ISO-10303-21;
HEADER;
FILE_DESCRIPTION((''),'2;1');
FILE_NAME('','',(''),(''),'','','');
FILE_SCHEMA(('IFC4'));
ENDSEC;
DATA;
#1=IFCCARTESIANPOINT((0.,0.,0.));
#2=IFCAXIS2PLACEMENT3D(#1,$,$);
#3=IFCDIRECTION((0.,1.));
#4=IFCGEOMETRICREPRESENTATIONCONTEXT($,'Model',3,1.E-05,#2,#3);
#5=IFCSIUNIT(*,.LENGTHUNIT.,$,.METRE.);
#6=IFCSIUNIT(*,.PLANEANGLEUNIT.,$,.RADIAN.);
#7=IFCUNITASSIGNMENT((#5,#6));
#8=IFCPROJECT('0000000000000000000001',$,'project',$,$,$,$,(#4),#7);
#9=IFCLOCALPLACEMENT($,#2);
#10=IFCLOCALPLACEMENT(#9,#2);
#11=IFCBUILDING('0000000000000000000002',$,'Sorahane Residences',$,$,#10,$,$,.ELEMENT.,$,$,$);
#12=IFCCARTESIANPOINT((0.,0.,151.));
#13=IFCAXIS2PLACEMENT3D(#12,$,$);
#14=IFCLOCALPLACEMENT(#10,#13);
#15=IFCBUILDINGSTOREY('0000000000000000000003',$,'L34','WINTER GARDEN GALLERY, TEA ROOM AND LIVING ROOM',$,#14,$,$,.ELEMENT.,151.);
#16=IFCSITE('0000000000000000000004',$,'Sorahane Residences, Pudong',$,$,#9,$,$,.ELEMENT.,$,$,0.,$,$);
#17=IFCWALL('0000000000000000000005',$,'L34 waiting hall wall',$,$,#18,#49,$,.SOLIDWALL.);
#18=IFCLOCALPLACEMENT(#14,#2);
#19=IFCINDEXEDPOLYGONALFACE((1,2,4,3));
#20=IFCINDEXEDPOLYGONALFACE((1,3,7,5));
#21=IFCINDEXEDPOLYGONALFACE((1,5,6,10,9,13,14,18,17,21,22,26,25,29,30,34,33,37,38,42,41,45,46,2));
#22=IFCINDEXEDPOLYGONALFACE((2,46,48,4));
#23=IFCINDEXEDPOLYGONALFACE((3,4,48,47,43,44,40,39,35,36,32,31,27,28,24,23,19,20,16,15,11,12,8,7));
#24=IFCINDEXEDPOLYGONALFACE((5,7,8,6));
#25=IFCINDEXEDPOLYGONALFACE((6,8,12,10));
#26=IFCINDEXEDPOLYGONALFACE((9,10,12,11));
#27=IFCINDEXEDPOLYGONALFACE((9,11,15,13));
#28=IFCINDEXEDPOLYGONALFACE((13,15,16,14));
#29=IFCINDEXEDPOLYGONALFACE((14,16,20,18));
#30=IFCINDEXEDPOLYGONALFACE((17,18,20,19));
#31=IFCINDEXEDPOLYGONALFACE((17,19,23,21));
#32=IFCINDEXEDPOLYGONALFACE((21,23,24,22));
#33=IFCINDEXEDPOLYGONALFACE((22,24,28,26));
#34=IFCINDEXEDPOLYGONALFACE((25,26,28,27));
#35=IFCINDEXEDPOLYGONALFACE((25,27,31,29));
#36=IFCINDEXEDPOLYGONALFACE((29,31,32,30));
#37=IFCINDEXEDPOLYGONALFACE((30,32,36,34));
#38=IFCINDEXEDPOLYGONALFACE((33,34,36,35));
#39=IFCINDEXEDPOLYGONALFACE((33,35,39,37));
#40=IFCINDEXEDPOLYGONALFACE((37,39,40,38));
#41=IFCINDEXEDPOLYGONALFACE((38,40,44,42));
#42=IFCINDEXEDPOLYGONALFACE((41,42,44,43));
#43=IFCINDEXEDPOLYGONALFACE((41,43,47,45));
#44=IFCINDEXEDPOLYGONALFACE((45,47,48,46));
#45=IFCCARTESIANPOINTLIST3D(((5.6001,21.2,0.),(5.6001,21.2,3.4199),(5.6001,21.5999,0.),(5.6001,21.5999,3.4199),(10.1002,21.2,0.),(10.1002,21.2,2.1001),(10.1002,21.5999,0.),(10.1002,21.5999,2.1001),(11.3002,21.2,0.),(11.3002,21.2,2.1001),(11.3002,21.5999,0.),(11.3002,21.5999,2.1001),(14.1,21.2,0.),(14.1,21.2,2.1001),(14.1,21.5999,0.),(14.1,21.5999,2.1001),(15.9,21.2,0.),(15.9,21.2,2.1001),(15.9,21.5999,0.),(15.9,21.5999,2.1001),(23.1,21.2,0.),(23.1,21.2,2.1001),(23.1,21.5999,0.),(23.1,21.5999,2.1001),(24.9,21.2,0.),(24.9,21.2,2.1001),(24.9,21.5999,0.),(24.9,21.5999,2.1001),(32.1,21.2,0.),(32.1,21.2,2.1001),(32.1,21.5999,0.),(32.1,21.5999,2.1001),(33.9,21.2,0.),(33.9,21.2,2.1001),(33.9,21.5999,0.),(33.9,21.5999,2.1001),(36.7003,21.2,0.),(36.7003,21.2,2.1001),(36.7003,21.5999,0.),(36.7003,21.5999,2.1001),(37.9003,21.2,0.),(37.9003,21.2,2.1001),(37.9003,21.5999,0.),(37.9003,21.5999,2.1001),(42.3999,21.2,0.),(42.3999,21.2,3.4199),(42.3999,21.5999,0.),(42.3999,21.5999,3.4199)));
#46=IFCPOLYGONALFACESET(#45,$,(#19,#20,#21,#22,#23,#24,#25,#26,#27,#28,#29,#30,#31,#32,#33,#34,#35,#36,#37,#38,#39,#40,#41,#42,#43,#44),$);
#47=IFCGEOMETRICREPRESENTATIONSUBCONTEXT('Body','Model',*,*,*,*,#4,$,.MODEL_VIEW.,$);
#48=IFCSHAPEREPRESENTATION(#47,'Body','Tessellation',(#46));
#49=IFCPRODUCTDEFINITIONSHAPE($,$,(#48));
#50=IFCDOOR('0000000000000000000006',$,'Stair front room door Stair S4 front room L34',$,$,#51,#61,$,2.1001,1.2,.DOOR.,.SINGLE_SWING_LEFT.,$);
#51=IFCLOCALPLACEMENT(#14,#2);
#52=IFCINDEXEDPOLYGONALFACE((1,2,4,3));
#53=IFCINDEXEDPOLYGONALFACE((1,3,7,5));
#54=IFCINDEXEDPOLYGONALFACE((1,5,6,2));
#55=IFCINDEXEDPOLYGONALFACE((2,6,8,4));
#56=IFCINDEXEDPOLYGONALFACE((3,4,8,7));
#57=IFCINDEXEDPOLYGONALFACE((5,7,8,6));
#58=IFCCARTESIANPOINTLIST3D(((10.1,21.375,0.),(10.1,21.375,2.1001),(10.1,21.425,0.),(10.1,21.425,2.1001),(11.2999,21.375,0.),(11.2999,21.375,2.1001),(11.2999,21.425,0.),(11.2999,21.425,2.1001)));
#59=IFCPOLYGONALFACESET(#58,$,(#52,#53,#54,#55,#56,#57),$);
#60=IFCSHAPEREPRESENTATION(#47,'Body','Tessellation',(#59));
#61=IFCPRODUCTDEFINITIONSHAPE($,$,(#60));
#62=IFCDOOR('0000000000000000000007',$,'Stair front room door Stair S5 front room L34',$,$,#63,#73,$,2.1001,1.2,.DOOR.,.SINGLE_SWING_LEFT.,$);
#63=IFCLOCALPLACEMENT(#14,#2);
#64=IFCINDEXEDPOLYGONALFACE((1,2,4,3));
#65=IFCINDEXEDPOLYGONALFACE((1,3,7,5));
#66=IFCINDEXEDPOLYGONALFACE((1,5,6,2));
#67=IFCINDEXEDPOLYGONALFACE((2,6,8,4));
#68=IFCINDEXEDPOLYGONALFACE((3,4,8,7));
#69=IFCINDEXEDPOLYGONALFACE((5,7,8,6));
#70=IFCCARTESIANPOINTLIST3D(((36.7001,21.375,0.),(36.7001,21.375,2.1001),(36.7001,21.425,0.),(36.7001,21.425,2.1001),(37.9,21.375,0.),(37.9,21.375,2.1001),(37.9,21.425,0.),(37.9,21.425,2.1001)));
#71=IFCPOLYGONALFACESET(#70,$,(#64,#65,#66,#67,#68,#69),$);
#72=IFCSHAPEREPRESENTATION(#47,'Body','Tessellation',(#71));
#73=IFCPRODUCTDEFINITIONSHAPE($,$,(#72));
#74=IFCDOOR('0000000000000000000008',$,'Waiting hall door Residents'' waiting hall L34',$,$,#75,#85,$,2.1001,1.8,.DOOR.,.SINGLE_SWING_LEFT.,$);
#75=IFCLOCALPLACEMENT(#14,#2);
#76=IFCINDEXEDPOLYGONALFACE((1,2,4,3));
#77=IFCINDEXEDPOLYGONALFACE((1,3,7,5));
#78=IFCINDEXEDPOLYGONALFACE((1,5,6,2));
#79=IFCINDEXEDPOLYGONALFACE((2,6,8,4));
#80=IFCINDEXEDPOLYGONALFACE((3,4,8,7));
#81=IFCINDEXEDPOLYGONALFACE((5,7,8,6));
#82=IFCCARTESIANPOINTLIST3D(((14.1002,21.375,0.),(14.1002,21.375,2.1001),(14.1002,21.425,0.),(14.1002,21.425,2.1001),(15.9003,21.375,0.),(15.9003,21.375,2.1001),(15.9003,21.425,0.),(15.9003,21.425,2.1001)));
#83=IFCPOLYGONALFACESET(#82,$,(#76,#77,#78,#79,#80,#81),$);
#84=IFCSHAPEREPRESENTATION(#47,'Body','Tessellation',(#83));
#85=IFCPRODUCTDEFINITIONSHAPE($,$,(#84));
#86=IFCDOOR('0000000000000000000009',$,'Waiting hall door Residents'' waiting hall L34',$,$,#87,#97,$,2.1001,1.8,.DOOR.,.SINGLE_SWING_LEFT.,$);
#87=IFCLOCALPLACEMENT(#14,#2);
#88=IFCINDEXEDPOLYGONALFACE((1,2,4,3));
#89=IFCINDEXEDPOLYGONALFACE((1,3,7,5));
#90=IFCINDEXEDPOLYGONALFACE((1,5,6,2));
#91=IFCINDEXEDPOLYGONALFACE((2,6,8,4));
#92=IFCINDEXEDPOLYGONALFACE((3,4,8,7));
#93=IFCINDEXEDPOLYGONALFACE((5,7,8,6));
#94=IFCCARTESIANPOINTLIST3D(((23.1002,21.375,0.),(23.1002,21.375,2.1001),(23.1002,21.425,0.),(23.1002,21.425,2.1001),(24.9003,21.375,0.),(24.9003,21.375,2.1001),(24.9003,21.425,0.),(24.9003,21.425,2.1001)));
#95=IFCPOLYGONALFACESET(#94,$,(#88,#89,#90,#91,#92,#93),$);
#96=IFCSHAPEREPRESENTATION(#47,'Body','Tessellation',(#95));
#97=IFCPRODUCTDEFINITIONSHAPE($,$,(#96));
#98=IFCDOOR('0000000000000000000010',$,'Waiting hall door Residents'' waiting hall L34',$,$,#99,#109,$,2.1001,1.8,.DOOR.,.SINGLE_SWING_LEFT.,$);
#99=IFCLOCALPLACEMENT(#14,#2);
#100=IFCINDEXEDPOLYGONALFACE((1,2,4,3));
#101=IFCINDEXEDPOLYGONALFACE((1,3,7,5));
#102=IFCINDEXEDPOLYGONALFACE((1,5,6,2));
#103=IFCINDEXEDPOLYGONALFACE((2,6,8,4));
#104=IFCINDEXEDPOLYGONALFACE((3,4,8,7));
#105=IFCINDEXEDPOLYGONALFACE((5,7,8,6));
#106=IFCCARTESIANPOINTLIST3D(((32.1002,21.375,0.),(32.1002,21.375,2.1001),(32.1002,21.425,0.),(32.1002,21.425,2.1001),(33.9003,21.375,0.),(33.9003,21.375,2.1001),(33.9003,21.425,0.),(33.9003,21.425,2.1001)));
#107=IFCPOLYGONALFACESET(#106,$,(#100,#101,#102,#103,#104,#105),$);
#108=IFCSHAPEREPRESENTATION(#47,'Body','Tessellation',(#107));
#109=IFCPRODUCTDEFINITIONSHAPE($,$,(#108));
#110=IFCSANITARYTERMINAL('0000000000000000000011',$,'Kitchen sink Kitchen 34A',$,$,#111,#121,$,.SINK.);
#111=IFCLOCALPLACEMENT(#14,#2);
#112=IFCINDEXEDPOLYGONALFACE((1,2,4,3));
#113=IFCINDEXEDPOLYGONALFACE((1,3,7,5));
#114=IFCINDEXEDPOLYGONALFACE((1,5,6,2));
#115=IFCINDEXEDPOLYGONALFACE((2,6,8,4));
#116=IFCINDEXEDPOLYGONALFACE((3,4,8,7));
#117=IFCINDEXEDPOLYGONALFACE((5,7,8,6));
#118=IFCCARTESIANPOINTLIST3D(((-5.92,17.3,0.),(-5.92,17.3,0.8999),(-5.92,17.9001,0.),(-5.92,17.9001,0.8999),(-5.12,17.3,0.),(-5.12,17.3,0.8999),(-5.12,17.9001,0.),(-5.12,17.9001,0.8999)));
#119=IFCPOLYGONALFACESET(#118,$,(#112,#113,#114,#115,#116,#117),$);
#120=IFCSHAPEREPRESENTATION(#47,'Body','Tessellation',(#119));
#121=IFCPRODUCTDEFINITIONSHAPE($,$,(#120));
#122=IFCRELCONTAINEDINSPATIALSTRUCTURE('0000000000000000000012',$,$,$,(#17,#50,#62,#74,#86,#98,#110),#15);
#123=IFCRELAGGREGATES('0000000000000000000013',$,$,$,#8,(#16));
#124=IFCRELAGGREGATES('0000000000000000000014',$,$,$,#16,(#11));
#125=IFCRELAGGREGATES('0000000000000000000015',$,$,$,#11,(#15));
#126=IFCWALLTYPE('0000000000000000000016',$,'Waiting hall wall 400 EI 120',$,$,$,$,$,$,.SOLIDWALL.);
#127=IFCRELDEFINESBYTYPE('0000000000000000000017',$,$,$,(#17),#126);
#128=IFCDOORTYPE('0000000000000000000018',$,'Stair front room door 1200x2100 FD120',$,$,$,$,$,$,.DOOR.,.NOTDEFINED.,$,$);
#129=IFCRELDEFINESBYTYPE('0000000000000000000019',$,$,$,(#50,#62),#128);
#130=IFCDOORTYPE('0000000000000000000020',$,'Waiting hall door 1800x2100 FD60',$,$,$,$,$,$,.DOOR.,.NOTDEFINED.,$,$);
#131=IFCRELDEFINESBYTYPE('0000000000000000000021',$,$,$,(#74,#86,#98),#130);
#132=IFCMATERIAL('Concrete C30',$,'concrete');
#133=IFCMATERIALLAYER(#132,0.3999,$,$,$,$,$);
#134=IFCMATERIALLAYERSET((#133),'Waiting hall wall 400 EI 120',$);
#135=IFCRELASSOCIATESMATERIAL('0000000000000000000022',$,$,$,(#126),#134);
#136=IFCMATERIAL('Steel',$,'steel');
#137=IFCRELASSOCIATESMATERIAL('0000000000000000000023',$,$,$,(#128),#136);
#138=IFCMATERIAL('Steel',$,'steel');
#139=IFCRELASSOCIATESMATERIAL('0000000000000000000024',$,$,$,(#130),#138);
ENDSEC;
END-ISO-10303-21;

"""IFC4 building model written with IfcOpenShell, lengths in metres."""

from ifc_helpers import new_model, si_unit, direction, frame, frame_2d, origin, origin_2d, place, context, subcontext, project, spatial, rectangle, extrude, material, layer, layer_set, type_object, element, fill, save


model = new_model("IFC4")

# Units and contexts
model_context = context("Model", 3, precision=1e-05, world=origin(), true_north=direction((0.0, 1.0)))
body_context = subcontext(model_context, "Body", "Model", "MODEL_VIEW")
ifc_project = project(units=[si_unit("LENGTHUNIT", "METRE"), si_unit("PLANEANGLEUNIT", "RADIAN")], contexts=[model_context])

# Site, building, storey
site_placement = place(None, origin())
site = spatial("IfcSite", under=ifc_project, at=site_placement, Name="Sorahane Residences, Pudong", CompositionType="ELEMENT", RefElevation=0.0)
building_placement = place(site_placement, origin())
building = spatial("IfcBuilding", under=site, at=building_placement, Name="Sorahane Residences", CompositionType="ELEMENT")
storey_placement = place(building_placement, frame((0.0, 0.0, 151.0)))
storey = spatial("IfcBuildingStorey", under=building, at=storey_placement, Name="L34", Description="WINTER GARDEN GALLERY, TEA ROOM AND LIVING ROOM", CompositionType="ELEMENT", Elevation=151.0)

# Wall, openings, doors
ifc_material_1 = material(Name="Concrete C30", Category="concrete")
ifc_layer_1 = layer(ifc_material_1, 0.3999)
ifc_layer_set_1 = layer_set([ifc_layer_1], Name="Waiting hall wall 400 EI 120")
wall_type_1 = type_object("IfcWallType", Name="Waiting hall wall 400 EI 120", PredefinedType="SOLIDWALL", material=ifc_layer_set_1)
wall_1_placement = place(storey_placement, frame((5.6001, 21.3999, 0.0), z_axis=(0.0, 0.0, 1.0), x_axis=(1.0, 0.0, 0.0)))
wall_1 = element("IfcWall", 1, at=wall_1_placement, inside=storey, type_object=wall_type_1, Name="L34 waiting hall wall", PredefinedType="SOLIDWALL", context=body_context, shape_type="SweptSolid", body=[
    extrude(rectangle(XDim=36.7998, YDim=0.3999, at=frame_2d((18.3999, 0.0))), origin(), (0.0, 0.0, 1.0), 3.4199),
])
opening_1_placement = place(wall_1_placement, frame((8.5, 0.0, 0.0)))
opening_1 = element("IfcOpeningElement", 2, at=opening_1_placement, cuts=wall_1, PredefinedType="OPENING", context=body_context, shape_type="SweptSolid", body=[
    extrude(rectangle(XDim=1.8, YDim=2.1001, at=frame_2d((0.8999, 1.05))), frame((0.0, 0.21, 0.0), z_axis=(0.0, -1.0, 0.0), x_axis=(1.0, 0.0, 0.0)), (0.0, 0.0, 1.0), 0.4199),
])
opening_2_placement = place(wall_1_placement, frame((17.5, 0.0, 0.0)))
opening_2 = element("IfcOpeningElement", 3, at=opening_2_placement, cuts=wall_1, PredefinedType="OPENING", context=body_context, shape_type="SweptSolid", body=[
    extrude(rectangle(XDim=1.8, YDim=2.1001, at=frame_2d((0.8999, 1.05))), frame((0.0, 0.21, 0.0), z_axis=(0.0, -1.0, 0.0), x_axis=(1.0, 0.0, 0.0)), (0.0, 0.0, 1.0), 0.4199),
])
opening_3_placement = place(wall_1_placement, frame((26.5, 0.0, 0.0)))
opening_3 = element("IfcOpeningElement", 4, at=opening_3_placement, cuts=wall_1, PredefinedType="OPENING", context=body_context, shape_type="SweptSolid", body=[
    extrude(rectangle(XDim=1.8, YDim=2.1001, at=frame_2d((0.8999, 1.05))), frame((0.0, 0.21, 0.0), z_axis=(0.0, -1.0, 0.0), x_axis=(1.0, 0.0, 0.0)), (0.0, 0.0, 1.0), 0.4199),
])
opening_4_placement = place(wall_1_placement, frame((4.5, 0.0, 0.0)))
opening_4 = element("IfcOpeningElement", 5, at=opening_4_placement, cuts=wall_1, PredefinedType="OPENING", context=body_context, shape_type="SweptSolid", body=[
    extrude(rectangle(XDim=1.2, YDim=2.1001, at=frame_2d((0.6001, 1.05))), frame((0.0, 0.21, 0.0), z_axis=(0.0, -1.0, 0.0), x_axis=(1.0, 0.0, 0.0)), (0.0, 0.0, 1.0), 0.4199),
])
opening_5_placement = place(wall_1_placement, frame((31.1001, 0.0, 0.0)))
opening_5 = element("IfcOpeningElement", 6, at=opening_5_placement, cuts=wall_1, PredefinedType="OPENING", context=body_context, shape_type="SweptSolid", body=[
    extrude(rectangle(XDim=1.2, YDim=2.1001, at=frame_2d((0.6001, 1.05))), frame((0.0, 0.21, 0.0), z_axis=(0.0, -1.0, 0.0), x_axis=(1.0, 0.0, 0.0)), (0.0, 0.0, 1.0), 0.4199),
])
ifc_material_2 = material(Name="Steel", Category="steel")
door_type_1 = type_object("IfcDoorType", Name="Stair front room door 1200x2100 FD120", OperationType="NOTDEFINED", PredefinedType="DOOR", material=ifc_material_2)
door_1_placement = place(opening_4_placement, frame((1.2, 0.0, 0.0), z_axis=(0.0, 0.0, 1.0), x_axis=(-1.0, 0.0, 0.0)))
door_1 = element("IfcDoor", 7, at=door_1_placement, inside=storey, type_object=door_type_1, Name="Stair front room door Stair S4 front room L34", OperationType="SINGLE_SWING_LEFT", OverallHeight=2.1001, OverallWidth=1.2, PredefinedType="DOOR", context=body_context, shape_type="SweptSolid", body=[
    extrude(rectangle(XDim=1.2, YDim=2.1001, at=frame_2d((0.6001, 1.05))), frame((0.0, 0.0249, 0.0), z_axis=(0.0, -1.0, 0.0), x_axis=(1.0, 0.0, 0.0)), (0.0, 0.0, 1.0), 0.05),
])
fill(opening_4, door_1)
door_2_placement = place(opening_5_placement, frame((1.2, 0.0, 0.0), z_axis=(0.0, 0.0, 1.0), x_axis=(-1.0, 0.0, 0.0)))
door_2 = element("IfcDoor", 8, at=door_2_placement, inside=storey, type_object=door_type_1, Name="Stair front room door Stair S5 front room L34", OperationType="SINGLE_SWING_LEFT", OverallHeight=2.1001, OverallWidth=1.2, PredefinedType="DOOR", context=body_context, shape_type="SweptSolid", body=[
    extrude(rectangle(XDim=1.2, YDim=2.1001, at=frame_2d((0.6001, 1.05))), frame((0.0, 0.0249, 0.0), z_axis=(0.0, -1.0, 0.0), x_axis=(1.0, 0.0, 0.0)), (0.0, 0.0, 1.0), 0.05),
])
fill(opening_5, door_2)
ifc_material_3 = material(Name="Steel", Category="steel")
door_type_2 = type_object("IfcDoorType", Name="Waiting hall door 1800x2100 FD60", OperationType="NOTDEFINED", PredefinedType="DOOR", material=ifc_material_3)
door_3_placement = place(opening_1_placement, frame((1.8, 0.0, 0.0), z_axis=(0.0, 0.0, 1.0), x_axis=(-1.0, 0.0, 0.0)))
door_3 = element("IfcDoor", 9, at=door_3_placement, inside=storey, type_object=door_type_2, Name="Waiting hall door Residents' waiting hall L34", OperationType="SINGLE_SWING_LEFT", OverallHeight=2.1001, OverallWidth=1.8, PredefinedType="DOOR", context=body_context, shape_type="SweptSolid", body=[
    extrude(rectangle(XDim=1.8, YDim=2.1001, at=frame_2d((0.8999, 1.05))), frame((0.0, 0.0249, 0.0), z_axis=(0.0, -1.0, 0.0), x_axis=(1.0, 0.0, 0.0)), (0.0, 0.0, 1.0), 0.05),
])
fill(opening_1, door_3)
door_4_placement = place(opening_2_placement, frame((1.8, 0.0, 0.0), z_axis=(0.0, 0.0, 1.0), x_axis=(-1.0, 0.0, 0.0)))
door_4 = element("IfcDoor", 10, at=door_4_placement, inside=storey, type_object=door_type_2, Name="Waiting hall door Residents' waiting hall L34", OperationType="SINGLE_SWING_LEFT", OverallHeight=2.1001, OverallWidth=1.8, PredefinedType="DOOR", context=body_context, shape_type="SweptSolid", body=[
    extrude(rectangle(XDim=1.8, YDim=2.1001, at=frame_2d((0.8999, 1.05))), frame((0.0, 0.0249, 0.0), z_axis=(0.0, -1.0, 0.0), x_axis=(1.0, 0.0, 0.0)), (0.0, 0.0, 1.0), 0.05),
])
fill(opening_2, door_4)
door_5_placement = place(opening_3_placement, frame((1.8, 0.0, 0.0), z_axis=(0.0, 0.0, 1.0), x_axis=(-1.0, 0.0, 0.0)))
door_5 = element("IfcDoor", 11, at=door_5_placement, inside=storey, type_object=door_type_2, Name="Waiting hall door Residents' waiting hall L34", OperationType="SINGLE_SWING_LEFT", OverallHeight=2.1001, OverallWidth=1.8, PredefinedType="DOOR", context=body_context, shape_type="SweptSolid", body=[
    extrude(rectangle(XDim=1.8, YDim=2.1001, at=frame_2d((0.8999, 1.05))), frame((0.0, 0.0249, 0.0), z_axis=(0.0, -1.0, 0.0), x_axis=(1.0, 0.0, 0.0)), (0.0, 0.0, 1.0), 0.05),
])
fill(opening_3, door_5)

# Sanitary terminal
sanitary_terminal_placement = place(storey_placement, frame((-5.52, 17.6001, 0.0), z_axis=(0.0, 0.0, 1.0), x_axis=(1.0, 0.0, 0.0)))
element("IfcSanitaryTerminal", 12, at=sanitary_terminal_placement, inside=storey, Name="Kitchen sink Kitchen 34A", PredefinedType="SINK", context=body_context, shape_type="SweptSolid", body=[
    extrude(rectangle(XDim=0.8, YDim=0.6001, at=origin_2d()), origin(), (0.0, 0.0, 1.0), 0.8999),
])

save(model, "model.ifc")
